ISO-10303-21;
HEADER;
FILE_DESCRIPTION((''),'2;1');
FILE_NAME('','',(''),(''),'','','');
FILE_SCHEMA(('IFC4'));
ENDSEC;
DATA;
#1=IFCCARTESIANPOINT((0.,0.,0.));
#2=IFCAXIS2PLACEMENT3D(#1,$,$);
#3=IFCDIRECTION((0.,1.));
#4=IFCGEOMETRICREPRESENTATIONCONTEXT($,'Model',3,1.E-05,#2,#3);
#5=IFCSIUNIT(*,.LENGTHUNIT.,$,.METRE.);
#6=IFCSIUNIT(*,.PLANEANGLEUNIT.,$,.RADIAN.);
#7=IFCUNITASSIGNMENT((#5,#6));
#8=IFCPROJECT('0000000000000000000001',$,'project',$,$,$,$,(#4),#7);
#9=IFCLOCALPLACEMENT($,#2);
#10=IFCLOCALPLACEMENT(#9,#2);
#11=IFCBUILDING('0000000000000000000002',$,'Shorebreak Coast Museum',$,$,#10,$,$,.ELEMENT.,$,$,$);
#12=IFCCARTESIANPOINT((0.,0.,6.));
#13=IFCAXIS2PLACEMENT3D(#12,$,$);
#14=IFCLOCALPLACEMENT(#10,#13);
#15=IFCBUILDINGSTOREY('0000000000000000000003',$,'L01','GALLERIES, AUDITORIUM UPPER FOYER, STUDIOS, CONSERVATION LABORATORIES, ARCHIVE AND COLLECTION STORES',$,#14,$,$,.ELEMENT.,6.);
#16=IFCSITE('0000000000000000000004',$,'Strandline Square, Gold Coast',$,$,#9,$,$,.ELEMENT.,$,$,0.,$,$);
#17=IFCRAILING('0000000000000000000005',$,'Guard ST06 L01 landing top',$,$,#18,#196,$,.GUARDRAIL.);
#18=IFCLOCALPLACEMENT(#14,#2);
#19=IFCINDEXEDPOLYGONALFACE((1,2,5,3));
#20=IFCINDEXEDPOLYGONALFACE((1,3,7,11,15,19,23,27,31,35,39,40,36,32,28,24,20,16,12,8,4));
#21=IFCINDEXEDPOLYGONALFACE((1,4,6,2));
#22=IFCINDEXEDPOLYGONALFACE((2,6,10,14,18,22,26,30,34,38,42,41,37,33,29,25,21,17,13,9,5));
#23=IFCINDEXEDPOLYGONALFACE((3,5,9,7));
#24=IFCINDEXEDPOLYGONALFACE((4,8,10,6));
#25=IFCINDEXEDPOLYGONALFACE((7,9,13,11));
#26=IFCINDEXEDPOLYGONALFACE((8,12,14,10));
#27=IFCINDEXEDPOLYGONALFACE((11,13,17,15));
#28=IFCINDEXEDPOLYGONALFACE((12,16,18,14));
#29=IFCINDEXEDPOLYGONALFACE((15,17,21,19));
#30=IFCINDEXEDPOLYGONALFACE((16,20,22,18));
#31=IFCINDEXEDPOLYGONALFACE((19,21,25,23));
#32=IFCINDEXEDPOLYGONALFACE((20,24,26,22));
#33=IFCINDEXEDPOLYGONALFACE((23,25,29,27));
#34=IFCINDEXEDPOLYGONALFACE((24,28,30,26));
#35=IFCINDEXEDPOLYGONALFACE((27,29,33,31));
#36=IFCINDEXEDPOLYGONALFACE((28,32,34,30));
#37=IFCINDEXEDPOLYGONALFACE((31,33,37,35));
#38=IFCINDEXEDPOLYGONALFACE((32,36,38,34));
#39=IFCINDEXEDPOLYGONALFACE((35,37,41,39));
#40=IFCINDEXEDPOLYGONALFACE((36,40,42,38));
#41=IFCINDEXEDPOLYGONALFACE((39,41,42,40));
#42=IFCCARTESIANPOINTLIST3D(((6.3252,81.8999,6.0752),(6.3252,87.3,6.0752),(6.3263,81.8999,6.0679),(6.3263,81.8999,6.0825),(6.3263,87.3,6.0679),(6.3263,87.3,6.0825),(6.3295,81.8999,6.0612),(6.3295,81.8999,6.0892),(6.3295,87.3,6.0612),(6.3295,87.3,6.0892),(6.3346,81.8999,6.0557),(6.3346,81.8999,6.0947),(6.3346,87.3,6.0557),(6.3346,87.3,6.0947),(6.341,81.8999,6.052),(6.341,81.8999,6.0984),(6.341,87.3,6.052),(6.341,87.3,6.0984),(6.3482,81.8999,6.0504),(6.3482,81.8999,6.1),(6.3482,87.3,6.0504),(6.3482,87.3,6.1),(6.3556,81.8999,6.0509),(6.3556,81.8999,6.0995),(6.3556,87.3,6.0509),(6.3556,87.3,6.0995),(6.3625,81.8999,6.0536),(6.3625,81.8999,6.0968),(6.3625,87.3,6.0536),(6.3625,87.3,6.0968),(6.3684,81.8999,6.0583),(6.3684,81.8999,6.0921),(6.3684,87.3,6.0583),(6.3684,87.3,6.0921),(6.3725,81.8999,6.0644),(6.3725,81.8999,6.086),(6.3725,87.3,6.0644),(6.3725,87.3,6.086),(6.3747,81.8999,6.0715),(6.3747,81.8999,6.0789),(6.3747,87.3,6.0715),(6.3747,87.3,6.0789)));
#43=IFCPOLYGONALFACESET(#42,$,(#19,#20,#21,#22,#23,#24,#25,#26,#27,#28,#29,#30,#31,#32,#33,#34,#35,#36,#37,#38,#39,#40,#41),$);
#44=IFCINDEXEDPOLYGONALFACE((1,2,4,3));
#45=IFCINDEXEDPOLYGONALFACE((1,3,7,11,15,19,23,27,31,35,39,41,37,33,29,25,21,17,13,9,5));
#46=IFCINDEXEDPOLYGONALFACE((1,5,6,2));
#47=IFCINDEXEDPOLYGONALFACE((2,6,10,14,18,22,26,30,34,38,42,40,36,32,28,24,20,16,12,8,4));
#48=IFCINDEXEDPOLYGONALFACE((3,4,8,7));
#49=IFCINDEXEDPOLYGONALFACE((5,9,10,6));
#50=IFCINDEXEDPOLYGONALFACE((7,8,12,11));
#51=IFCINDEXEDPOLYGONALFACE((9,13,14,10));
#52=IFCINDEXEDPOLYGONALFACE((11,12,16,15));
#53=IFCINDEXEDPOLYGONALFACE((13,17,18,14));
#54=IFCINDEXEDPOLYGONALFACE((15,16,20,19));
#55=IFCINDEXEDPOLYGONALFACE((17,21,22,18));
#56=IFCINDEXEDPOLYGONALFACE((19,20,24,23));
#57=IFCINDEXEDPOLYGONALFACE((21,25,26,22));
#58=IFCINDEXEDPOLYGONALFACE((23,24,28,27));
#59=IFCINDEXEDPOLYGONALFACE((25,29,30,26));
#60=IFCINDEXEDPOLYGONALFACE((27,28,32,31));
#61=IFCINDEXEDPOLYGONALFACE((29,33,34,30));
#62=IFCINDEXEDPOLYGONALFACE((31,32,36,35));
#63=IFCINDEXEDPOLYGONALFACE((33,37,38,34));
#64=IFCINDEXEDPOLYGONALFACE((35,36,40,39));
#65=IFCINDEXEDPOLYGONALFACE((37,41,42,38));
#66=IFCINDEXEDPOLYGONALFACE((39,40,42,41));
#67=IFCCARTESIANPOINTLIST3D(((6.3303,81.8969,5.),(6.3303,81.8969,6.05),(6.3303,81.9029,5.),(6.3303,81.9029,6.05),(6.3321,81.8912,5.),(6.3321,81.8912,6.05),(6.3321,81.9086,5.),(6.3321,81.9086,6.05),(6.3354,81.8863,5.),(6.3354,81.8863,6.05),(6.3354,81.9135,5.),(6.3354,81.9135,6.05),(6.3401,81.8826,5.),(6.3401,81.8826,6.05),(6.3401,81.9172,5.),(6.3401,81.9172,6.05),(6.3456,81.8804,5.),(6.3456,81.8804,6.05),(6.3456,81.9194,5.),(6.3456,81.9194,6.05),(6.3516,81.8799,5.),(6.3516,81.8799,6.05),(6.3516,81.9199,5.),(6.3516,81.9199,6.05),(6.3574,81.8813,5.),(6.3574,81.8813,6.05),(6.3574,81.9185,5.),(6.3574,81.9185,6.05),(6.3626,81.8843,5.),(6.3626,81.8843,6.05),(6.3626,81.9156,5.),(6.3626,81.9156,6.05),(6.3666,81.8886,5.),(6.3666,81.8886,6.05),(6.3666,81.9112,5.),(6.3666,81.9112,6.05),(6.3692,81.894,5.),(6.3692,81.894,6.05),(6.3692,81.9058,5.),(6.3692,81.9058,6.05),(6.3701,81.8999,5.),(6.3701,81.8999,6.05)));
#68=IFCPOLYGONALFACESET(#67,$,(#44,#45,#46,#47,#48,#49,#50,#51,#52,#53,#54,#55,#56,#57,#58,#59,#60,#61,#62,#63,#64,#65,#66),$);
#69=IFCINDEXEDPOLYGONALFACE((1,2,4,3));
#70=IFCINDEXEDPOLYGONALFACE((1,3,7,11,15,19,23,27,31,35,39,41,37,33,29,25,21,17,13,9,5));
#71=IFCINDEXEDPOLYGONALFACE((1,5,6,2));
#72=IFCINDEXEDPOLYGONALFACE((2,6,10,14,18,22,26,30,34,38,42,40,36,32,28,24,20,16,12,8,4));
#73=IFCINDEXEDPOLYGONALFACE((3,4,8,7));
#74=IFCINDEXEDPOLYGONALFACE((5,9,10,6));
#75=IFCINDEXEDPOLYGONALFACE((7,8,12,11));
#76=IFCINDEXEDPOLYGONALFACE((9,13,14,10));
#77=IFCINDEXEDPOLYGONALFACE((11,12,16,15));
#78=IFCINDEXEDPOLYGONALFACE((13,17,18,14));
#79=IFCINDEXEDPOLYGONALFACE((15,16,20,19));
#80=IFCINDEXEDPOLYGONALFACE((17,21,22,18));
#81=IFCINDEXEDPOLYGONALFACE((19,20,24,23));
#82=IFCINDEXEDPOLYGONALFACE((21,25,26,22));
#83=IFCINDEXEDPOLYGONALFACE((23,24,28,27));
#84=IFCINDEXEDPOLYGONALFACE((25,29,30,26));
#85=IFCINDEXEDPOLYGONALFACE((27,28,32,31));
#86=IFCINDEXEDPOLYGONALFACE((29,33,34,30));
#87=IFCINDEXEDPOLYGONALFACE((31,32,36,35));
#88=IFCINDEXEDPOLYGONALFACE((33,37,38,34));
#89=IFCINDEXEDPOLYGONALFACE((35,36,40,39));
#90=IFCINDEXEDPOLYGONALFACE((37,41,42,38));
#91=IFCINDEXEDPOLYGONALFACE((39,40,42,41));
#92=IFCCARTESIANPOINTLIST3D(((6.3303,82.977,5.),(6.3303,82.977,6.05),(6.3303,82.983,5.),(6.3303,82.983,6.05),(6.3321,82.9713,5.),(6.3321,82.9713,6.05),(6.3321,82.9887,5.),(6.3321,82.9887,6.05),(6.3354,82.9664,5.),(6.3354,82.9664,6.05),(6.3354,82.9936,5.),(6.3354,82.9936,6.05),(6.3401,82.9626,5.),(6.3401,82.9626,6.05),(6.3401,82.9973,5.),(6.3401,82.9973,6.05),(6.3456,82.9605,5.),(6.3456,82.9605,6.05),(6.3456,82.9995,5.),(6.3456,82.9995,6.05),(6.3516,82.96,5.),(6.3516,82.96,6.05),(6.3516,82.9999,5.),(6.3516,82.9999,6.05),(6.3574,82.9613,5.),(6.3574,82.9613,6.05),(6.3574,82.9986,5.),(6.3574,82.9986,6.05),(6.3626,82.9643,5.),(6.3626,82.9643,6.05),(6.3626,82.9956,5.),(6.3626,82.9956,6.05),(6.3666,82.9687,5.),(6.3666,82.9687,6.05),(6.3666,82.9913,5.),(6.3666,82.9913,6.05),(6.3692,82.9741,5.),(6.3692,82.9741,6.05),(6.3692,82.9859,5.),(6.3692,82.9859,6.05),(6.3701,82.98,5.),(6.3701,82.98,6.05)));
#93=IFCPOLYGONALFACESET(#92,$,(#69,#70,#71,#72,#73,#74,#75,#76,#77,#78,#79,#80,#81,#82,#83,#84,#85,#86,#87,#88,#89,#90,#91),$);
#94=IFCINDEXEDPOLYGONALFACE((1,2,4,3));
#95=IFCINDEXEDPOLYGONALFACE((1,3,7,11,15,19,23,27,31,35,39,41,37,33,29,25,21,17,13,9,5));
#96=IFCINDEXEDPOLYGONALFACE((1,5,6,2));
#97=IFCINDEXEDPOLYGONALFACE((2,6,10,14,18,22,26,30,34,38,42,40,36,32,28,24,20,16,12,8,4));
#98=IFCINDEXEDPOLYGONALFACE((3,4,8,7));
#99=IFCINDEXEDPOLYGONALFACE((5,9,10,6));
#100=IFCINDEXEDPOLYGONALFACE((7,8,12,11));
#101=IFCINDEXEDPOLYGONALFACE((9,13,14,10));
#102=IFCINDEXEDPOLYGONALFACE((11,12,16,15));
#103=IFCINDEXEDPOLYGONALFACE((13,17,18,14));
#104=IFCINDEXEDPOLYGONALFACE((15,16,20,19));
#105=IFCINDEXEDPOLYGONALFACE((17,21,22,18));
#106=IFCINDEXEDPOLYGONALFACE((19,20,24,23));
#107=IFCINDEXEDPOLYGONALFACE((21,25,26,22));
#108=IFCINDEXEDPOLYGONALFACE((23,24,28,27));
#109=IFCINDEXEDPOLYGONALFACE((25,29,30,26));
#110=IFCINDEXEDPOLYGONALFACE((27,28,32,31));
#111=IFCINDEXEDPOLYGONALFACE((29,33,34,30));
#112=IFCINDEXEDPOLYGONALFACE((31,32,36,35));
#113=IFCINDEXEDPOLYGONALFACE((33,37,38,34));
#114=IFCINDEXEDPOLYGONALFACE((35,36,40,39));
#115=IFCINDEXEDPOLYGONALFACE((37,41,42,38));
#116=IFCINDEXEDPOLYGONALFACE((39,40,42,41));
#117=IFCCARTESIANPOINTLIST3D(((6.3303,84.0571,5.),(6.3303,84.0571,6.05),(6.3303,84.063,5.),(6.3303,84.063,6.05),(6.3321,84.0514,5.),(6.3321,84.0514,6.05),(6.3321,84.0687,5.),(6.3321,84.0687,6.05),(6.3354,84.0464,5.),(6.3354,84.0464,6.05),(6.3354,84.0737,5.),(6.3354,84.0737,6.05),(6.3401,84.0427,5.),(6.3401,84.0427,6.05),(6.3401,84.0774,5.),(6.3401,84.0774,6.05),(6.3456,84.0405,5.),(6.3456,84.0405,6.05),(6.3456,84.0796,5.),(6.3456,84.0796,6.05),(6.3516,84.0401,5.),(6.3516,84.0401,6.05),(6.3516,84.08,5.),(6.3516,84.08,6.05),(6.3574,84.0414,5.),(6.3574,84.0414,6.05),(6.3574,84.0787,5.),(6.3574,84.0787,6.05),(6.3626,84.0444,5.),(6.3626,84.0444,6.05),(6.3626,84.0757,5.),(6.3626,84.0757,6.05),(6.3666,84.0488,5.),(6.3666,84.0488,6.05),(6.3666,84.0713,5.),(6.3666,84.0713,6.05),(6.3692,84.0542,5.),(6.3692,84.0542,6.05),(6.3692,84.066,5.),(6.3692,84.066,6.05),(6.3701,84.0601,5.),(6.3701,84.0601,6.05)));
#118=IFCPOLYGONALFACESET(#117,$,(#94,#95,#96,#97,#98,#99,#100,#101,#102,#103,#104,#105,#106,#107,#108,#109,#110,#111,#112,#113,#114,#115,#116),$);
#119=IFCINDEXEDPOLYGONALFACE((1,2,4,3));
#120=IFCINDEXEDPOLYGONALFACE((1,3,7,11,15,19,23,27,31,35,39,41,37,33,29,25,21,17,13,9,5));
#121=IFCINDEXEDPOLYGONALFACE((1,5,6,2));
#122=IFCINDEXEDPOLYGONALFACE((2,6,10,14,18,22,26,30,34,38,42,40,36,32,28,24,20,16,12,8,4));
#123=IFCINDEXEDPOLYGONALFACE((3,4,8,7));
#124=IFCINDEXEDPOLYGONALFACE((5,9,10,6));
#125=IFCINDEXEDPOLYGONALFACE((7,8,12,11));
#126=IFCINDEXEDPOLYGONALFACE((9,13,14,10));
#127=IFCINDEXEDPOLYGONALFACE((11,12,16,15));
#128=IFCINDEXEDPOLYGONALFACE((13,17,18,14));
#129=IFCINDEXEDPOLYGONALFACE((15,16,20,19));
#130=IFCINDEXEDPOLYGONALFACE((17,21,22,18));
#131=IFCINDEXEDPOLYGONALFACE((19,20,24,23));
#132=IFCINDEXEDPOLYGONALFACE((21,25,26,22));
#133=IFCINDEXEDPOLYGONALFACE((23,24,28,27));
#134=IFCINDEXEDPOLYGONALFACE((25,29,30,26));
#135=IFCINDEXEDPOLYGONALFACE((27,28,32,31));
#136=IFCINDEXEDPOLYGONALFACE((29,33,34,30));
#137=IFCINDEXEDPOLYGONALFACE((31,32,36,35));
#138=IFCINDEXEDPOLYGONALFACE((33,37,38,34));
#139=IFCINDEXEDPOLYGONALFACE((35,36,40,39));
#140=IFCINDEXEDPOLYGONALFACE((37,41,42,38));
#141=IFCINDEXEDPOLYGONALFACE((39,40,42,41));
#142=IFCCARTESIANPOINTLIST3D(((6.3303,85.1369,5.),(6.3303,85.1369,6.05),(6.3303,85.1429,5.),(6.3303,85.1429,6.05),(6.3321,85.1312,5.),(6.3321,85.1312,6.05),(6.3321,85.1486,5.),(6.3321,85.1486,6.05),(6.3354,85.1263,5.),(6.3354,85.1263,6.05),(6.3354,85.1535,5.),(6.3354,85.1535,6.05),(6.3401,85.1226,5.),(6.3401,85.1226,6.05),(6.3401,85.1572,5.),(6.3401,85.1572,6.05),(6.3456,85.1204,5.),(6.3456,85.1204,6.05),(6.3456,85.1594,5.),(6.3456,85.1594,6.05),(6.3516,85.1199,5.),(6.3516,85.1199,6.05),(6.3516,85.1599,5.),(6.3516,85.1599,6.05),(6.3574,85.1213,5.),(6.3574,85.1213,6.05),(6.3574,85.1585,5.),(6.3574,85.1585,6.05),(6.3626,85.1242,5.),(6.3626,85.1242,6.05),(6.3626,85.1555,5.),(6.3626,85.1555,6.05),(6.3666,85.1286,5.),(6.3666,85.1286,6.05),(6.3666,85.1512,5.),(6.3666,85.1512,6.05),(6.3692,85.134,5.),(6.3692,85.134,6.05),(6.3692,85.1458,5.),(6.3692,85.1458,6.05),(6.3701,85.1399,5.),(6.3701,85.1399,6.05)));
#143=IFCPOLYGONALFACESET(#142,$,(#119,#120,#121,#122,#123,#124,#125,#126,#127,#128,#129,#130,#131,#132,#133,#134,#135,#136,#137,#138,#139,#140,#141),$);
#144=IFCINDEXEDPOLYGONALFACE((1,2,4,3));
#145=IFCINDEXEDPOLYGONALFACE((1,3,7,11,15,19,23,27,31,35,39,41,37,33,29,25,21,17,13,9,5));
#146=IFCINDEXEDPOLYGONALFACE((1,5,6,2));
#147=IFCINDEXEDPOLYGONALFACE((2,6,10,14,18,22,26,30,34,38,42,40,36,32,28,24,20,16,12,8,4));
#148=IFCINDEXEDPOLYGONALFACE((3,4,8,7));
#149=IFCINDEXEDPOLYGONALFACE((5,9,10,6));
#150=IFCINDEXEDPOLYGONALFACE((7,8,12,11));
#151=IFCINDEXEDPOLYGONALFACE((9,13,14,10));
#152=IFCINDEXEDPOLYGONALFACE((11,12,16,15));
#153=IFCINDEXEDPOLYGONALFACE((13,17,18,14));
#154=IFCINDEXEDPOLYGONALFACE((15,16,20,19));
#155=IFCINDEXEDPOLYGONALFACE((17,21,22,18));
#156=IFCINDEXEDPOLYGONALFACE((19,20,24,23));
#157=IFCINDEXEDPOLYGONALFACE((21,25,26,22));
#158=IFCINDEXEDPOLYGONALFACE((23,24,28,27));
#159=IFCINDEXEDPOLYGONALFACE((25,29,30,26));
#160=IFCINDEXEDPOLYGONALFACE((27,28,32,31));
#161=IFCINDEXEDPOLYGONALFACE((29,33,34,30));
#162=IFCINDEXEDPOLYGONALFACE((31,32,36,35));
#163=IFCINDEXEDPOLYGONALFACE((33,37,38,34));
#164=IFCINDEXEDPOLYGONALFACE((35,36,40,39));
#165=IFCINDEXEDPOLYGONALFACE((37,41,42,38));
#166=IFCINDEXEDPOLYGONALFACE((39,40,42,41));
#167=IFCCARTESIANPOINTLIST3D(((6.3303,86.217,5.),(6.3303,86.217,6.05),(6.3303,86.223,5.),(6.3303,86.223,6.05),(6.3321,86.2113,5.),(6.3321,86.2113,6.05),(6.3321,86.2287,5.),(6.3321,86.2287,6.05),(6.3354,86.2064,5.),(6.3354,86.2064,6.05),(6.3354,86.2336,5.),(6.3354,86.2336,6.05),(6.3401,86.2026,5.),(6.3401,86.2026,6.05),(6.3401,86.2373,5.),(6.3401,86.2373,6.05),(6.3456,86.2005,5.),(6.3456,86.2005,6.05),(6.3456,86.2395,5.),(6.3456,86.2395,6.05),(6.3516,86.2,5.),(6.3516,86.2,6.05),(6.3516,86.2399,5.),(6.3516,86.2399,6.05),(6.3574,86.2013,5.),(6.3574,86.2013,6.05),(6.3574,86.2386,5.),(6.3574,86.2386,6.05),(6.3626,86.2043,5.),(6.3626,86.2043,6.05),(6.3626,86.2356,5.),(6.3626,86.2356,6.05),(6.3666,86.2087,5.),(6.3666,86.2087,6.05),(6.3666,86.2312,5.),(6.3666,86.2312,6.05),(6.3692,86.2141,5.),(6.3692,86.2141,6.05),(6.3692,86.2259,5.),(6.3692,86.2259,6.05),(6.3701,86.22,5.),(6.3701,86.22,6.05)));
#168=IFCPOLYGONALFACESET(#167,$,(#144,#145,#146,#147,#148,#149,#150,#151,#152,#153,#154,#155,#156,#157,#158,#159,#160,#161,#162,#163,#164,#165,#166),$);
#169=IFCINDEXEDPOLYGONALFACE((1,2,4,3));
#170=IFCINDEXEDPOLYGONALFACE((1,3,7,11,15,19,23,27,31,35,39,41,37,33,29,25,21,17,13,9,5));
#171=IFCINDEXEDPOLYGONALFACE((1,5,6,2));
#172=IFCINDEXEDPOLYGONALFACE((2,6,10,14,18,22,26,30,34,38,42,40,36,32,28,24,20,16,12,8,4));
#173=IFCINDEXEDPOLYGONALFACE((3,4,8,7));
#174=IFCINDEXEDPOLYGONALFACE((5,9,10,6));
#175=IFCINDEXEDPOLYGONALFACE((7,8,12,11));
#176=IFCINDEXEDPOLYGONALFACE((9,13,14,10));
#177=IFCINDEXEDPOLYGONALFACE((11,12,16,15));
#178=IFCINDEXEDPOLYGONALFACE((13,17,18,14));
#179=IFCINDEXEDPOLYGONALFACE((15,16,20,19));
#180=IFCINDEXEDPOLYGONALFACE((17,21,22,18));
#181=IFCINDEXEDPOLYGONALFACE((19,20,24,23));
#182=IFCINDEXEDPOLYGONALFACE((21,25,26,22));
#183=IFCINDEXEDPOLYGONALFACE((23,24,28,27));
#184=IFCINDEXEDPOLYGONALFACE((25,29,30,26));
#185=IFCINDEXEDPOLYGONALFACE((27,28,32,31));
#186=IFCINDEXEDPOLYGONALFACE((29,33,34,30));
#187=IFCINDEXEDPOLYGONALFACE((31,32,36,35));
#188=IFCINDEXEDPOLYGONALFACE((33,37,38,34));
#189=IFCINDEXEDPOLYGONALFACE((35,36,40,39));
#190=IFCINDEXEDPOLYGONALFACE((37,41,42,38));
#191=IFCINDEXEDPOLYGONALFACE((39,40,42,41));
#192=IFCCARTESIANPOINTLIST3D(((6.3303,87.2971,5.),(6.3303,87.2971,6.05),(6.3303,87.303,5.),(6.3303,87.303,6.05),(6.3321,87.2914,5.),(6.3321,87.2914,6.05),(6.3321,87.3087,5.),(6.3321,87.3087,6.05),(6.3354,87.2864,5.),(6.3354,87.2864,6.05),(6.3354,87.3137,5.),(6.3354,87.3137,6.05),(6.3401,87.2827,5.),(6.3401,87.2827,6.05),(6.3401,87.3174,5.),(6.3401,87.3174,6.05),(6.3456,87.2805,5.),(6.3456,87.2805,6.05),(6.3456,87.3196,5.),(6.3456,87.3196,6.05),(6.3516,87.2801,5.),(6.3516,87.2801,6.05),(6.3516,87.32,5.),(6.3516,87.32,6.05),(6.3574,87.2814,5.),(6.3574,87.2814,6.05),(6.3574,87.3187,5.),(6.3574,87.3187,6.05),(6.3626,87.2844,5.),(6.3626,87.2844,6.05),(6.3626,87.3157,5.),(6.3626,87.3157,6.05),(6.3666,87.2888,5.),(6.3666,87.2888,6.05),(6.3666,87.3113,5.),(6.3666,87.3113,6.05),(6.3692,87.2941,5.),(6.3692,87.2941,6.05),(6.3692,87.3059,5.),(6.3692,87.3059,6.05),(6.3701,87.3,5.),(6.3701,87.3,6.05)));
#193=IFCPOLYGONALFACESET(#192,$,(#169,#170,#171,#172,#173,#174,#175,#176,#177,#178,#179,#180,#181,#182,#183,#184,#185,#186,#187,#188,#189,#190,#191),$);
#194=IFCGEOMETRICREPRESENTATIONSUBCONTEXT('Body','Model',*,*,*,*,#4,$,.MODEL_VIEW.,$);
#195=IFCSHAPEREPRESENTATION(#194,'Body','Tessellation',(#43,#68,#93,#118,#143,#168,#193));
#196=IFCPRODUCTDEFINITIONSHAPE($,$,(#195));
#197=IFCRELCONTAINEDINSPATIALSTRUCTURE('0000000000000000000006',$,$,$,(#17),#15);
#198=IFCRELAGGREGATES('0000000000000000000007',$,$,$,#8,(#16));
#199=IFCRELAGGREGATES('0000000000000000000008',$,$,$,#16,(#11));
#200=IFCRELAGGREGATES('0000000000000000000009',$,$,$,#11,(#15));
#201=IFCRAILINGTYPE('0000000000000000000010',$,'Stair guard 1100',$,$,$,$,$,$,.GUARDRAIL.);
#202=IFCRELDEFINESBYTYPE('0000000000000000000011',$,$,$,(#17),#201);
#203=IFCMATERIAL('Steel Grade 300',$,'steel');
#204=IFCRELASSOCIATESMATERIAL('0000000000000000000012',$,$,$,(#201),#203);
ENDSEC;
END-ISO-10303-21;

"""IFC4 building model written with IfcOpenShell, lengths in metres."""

from ifc_helpers import new_model, si_unit, direction, frame, origin, origin_2d, place, context, subcontext, project, spatial, circle, extrude, material, type_object, element, save


model = new_model("IFC4")

# Units and contexts
model_context = context("Model", 3, precision=1e-05, world=origin(), true_north=direction((0.0, 1.0)))
body_context = subcontext(model_context, "Body", "Model", "MODEL_VIEW")
ifc_project = project(units=[si_unit("LENGTHUNIT", "METRE"), si_unit("PLANEANGLEUNIT", "RADIAN")], contexts=[model_context])

# Site, building, storey
site_placement = place(None, origin())
site = spatial("IfcSite", under=ifc_project, at=site_placement, Name="Strandline Square, Gold Coast", CompositionType="ELEMENT", RefElevation=0.0)
building_placement = place(site_placement, origin())
building = spatial("IfcBuilding", under=site, at=building_placement, Name="Shorebreak Coast Museum", CompositionType="ELEMENT")
storey_placement = place(building_placement, frame((0.0, 0.0, 6.0)))
storey = spatial("IfcBuildingStorey", under=building, at=storey_placement, Name="L01", Description="GALLERIES, AUDITORIUM UPPER FOYER, STUDIOS, CONSERVATION LABORATORIES, ARCHIVE AND COLLECTION STORES", CompositionType="ELEMENT", Elevation=6.0)

# Railing
ifc_material_1 = material(Name="Steel Grade 300", Category="steel")
railing_type_1 = type_object("IfcRailingType", Name="Stair guard 1100", PredefinedType="GUARDRAIL", material=ifc_material_1)
railing_1_placement = place(storey_placement, frame((6.3501, 81.8999, 5.0)))
element("IfcRailing", 1, at=railing_1_placement, inside=storey, type_object=railing_type_1, Name="Guard ST06 L01 landing top", PredefinedType="GUARDRAIL", context=body_context, shape_type="SweptSolid", body=[
    extrude(circle(Radius=0.0249, at=origin_2d()), frame((0.0, 0.0, 1.0752), z_axis=(0.0, 1.0, 0.0), x_axis=(-1.0, 0.0, 0.0)), (0.0, 0.0, 1.0), 5.4001),
    extrude(circle(Radius=0.02, at=origin_2d()), origin(), (0.0, 0.0, 1.0), 1.05),
    extrude(circle(Radius=0.02, at=origin_2d()), frame((0.0, 1.0801, 0.0)), (0.0, 0.0, 1.0), 1.05),
    extrude(circle(Radius=0.02, at=origin_2d()), frame((0.0, 2.1602, 0.0)), (0.0, 0.0, 1.0), 1.05),
    extrude(circle(Radius=0.02, at=origin_2d()), frame((0.0, 3.24, 0.0)), (0.0, 0.0, 1.0), 1.05),
    extrude(circle(Radius=0.02, at=origin_2d()), frame((0.0, 4.3201, 0.0)), (0.0, 0.0, 1.0), 1.05),
    extrude(circle(Radius=0.02, at=origin_2d()), frame((0.0, 5.4001, 0.0)), (0.0, 0.0, 1.0), 1.05),
])

save(model, "model.ifc")
